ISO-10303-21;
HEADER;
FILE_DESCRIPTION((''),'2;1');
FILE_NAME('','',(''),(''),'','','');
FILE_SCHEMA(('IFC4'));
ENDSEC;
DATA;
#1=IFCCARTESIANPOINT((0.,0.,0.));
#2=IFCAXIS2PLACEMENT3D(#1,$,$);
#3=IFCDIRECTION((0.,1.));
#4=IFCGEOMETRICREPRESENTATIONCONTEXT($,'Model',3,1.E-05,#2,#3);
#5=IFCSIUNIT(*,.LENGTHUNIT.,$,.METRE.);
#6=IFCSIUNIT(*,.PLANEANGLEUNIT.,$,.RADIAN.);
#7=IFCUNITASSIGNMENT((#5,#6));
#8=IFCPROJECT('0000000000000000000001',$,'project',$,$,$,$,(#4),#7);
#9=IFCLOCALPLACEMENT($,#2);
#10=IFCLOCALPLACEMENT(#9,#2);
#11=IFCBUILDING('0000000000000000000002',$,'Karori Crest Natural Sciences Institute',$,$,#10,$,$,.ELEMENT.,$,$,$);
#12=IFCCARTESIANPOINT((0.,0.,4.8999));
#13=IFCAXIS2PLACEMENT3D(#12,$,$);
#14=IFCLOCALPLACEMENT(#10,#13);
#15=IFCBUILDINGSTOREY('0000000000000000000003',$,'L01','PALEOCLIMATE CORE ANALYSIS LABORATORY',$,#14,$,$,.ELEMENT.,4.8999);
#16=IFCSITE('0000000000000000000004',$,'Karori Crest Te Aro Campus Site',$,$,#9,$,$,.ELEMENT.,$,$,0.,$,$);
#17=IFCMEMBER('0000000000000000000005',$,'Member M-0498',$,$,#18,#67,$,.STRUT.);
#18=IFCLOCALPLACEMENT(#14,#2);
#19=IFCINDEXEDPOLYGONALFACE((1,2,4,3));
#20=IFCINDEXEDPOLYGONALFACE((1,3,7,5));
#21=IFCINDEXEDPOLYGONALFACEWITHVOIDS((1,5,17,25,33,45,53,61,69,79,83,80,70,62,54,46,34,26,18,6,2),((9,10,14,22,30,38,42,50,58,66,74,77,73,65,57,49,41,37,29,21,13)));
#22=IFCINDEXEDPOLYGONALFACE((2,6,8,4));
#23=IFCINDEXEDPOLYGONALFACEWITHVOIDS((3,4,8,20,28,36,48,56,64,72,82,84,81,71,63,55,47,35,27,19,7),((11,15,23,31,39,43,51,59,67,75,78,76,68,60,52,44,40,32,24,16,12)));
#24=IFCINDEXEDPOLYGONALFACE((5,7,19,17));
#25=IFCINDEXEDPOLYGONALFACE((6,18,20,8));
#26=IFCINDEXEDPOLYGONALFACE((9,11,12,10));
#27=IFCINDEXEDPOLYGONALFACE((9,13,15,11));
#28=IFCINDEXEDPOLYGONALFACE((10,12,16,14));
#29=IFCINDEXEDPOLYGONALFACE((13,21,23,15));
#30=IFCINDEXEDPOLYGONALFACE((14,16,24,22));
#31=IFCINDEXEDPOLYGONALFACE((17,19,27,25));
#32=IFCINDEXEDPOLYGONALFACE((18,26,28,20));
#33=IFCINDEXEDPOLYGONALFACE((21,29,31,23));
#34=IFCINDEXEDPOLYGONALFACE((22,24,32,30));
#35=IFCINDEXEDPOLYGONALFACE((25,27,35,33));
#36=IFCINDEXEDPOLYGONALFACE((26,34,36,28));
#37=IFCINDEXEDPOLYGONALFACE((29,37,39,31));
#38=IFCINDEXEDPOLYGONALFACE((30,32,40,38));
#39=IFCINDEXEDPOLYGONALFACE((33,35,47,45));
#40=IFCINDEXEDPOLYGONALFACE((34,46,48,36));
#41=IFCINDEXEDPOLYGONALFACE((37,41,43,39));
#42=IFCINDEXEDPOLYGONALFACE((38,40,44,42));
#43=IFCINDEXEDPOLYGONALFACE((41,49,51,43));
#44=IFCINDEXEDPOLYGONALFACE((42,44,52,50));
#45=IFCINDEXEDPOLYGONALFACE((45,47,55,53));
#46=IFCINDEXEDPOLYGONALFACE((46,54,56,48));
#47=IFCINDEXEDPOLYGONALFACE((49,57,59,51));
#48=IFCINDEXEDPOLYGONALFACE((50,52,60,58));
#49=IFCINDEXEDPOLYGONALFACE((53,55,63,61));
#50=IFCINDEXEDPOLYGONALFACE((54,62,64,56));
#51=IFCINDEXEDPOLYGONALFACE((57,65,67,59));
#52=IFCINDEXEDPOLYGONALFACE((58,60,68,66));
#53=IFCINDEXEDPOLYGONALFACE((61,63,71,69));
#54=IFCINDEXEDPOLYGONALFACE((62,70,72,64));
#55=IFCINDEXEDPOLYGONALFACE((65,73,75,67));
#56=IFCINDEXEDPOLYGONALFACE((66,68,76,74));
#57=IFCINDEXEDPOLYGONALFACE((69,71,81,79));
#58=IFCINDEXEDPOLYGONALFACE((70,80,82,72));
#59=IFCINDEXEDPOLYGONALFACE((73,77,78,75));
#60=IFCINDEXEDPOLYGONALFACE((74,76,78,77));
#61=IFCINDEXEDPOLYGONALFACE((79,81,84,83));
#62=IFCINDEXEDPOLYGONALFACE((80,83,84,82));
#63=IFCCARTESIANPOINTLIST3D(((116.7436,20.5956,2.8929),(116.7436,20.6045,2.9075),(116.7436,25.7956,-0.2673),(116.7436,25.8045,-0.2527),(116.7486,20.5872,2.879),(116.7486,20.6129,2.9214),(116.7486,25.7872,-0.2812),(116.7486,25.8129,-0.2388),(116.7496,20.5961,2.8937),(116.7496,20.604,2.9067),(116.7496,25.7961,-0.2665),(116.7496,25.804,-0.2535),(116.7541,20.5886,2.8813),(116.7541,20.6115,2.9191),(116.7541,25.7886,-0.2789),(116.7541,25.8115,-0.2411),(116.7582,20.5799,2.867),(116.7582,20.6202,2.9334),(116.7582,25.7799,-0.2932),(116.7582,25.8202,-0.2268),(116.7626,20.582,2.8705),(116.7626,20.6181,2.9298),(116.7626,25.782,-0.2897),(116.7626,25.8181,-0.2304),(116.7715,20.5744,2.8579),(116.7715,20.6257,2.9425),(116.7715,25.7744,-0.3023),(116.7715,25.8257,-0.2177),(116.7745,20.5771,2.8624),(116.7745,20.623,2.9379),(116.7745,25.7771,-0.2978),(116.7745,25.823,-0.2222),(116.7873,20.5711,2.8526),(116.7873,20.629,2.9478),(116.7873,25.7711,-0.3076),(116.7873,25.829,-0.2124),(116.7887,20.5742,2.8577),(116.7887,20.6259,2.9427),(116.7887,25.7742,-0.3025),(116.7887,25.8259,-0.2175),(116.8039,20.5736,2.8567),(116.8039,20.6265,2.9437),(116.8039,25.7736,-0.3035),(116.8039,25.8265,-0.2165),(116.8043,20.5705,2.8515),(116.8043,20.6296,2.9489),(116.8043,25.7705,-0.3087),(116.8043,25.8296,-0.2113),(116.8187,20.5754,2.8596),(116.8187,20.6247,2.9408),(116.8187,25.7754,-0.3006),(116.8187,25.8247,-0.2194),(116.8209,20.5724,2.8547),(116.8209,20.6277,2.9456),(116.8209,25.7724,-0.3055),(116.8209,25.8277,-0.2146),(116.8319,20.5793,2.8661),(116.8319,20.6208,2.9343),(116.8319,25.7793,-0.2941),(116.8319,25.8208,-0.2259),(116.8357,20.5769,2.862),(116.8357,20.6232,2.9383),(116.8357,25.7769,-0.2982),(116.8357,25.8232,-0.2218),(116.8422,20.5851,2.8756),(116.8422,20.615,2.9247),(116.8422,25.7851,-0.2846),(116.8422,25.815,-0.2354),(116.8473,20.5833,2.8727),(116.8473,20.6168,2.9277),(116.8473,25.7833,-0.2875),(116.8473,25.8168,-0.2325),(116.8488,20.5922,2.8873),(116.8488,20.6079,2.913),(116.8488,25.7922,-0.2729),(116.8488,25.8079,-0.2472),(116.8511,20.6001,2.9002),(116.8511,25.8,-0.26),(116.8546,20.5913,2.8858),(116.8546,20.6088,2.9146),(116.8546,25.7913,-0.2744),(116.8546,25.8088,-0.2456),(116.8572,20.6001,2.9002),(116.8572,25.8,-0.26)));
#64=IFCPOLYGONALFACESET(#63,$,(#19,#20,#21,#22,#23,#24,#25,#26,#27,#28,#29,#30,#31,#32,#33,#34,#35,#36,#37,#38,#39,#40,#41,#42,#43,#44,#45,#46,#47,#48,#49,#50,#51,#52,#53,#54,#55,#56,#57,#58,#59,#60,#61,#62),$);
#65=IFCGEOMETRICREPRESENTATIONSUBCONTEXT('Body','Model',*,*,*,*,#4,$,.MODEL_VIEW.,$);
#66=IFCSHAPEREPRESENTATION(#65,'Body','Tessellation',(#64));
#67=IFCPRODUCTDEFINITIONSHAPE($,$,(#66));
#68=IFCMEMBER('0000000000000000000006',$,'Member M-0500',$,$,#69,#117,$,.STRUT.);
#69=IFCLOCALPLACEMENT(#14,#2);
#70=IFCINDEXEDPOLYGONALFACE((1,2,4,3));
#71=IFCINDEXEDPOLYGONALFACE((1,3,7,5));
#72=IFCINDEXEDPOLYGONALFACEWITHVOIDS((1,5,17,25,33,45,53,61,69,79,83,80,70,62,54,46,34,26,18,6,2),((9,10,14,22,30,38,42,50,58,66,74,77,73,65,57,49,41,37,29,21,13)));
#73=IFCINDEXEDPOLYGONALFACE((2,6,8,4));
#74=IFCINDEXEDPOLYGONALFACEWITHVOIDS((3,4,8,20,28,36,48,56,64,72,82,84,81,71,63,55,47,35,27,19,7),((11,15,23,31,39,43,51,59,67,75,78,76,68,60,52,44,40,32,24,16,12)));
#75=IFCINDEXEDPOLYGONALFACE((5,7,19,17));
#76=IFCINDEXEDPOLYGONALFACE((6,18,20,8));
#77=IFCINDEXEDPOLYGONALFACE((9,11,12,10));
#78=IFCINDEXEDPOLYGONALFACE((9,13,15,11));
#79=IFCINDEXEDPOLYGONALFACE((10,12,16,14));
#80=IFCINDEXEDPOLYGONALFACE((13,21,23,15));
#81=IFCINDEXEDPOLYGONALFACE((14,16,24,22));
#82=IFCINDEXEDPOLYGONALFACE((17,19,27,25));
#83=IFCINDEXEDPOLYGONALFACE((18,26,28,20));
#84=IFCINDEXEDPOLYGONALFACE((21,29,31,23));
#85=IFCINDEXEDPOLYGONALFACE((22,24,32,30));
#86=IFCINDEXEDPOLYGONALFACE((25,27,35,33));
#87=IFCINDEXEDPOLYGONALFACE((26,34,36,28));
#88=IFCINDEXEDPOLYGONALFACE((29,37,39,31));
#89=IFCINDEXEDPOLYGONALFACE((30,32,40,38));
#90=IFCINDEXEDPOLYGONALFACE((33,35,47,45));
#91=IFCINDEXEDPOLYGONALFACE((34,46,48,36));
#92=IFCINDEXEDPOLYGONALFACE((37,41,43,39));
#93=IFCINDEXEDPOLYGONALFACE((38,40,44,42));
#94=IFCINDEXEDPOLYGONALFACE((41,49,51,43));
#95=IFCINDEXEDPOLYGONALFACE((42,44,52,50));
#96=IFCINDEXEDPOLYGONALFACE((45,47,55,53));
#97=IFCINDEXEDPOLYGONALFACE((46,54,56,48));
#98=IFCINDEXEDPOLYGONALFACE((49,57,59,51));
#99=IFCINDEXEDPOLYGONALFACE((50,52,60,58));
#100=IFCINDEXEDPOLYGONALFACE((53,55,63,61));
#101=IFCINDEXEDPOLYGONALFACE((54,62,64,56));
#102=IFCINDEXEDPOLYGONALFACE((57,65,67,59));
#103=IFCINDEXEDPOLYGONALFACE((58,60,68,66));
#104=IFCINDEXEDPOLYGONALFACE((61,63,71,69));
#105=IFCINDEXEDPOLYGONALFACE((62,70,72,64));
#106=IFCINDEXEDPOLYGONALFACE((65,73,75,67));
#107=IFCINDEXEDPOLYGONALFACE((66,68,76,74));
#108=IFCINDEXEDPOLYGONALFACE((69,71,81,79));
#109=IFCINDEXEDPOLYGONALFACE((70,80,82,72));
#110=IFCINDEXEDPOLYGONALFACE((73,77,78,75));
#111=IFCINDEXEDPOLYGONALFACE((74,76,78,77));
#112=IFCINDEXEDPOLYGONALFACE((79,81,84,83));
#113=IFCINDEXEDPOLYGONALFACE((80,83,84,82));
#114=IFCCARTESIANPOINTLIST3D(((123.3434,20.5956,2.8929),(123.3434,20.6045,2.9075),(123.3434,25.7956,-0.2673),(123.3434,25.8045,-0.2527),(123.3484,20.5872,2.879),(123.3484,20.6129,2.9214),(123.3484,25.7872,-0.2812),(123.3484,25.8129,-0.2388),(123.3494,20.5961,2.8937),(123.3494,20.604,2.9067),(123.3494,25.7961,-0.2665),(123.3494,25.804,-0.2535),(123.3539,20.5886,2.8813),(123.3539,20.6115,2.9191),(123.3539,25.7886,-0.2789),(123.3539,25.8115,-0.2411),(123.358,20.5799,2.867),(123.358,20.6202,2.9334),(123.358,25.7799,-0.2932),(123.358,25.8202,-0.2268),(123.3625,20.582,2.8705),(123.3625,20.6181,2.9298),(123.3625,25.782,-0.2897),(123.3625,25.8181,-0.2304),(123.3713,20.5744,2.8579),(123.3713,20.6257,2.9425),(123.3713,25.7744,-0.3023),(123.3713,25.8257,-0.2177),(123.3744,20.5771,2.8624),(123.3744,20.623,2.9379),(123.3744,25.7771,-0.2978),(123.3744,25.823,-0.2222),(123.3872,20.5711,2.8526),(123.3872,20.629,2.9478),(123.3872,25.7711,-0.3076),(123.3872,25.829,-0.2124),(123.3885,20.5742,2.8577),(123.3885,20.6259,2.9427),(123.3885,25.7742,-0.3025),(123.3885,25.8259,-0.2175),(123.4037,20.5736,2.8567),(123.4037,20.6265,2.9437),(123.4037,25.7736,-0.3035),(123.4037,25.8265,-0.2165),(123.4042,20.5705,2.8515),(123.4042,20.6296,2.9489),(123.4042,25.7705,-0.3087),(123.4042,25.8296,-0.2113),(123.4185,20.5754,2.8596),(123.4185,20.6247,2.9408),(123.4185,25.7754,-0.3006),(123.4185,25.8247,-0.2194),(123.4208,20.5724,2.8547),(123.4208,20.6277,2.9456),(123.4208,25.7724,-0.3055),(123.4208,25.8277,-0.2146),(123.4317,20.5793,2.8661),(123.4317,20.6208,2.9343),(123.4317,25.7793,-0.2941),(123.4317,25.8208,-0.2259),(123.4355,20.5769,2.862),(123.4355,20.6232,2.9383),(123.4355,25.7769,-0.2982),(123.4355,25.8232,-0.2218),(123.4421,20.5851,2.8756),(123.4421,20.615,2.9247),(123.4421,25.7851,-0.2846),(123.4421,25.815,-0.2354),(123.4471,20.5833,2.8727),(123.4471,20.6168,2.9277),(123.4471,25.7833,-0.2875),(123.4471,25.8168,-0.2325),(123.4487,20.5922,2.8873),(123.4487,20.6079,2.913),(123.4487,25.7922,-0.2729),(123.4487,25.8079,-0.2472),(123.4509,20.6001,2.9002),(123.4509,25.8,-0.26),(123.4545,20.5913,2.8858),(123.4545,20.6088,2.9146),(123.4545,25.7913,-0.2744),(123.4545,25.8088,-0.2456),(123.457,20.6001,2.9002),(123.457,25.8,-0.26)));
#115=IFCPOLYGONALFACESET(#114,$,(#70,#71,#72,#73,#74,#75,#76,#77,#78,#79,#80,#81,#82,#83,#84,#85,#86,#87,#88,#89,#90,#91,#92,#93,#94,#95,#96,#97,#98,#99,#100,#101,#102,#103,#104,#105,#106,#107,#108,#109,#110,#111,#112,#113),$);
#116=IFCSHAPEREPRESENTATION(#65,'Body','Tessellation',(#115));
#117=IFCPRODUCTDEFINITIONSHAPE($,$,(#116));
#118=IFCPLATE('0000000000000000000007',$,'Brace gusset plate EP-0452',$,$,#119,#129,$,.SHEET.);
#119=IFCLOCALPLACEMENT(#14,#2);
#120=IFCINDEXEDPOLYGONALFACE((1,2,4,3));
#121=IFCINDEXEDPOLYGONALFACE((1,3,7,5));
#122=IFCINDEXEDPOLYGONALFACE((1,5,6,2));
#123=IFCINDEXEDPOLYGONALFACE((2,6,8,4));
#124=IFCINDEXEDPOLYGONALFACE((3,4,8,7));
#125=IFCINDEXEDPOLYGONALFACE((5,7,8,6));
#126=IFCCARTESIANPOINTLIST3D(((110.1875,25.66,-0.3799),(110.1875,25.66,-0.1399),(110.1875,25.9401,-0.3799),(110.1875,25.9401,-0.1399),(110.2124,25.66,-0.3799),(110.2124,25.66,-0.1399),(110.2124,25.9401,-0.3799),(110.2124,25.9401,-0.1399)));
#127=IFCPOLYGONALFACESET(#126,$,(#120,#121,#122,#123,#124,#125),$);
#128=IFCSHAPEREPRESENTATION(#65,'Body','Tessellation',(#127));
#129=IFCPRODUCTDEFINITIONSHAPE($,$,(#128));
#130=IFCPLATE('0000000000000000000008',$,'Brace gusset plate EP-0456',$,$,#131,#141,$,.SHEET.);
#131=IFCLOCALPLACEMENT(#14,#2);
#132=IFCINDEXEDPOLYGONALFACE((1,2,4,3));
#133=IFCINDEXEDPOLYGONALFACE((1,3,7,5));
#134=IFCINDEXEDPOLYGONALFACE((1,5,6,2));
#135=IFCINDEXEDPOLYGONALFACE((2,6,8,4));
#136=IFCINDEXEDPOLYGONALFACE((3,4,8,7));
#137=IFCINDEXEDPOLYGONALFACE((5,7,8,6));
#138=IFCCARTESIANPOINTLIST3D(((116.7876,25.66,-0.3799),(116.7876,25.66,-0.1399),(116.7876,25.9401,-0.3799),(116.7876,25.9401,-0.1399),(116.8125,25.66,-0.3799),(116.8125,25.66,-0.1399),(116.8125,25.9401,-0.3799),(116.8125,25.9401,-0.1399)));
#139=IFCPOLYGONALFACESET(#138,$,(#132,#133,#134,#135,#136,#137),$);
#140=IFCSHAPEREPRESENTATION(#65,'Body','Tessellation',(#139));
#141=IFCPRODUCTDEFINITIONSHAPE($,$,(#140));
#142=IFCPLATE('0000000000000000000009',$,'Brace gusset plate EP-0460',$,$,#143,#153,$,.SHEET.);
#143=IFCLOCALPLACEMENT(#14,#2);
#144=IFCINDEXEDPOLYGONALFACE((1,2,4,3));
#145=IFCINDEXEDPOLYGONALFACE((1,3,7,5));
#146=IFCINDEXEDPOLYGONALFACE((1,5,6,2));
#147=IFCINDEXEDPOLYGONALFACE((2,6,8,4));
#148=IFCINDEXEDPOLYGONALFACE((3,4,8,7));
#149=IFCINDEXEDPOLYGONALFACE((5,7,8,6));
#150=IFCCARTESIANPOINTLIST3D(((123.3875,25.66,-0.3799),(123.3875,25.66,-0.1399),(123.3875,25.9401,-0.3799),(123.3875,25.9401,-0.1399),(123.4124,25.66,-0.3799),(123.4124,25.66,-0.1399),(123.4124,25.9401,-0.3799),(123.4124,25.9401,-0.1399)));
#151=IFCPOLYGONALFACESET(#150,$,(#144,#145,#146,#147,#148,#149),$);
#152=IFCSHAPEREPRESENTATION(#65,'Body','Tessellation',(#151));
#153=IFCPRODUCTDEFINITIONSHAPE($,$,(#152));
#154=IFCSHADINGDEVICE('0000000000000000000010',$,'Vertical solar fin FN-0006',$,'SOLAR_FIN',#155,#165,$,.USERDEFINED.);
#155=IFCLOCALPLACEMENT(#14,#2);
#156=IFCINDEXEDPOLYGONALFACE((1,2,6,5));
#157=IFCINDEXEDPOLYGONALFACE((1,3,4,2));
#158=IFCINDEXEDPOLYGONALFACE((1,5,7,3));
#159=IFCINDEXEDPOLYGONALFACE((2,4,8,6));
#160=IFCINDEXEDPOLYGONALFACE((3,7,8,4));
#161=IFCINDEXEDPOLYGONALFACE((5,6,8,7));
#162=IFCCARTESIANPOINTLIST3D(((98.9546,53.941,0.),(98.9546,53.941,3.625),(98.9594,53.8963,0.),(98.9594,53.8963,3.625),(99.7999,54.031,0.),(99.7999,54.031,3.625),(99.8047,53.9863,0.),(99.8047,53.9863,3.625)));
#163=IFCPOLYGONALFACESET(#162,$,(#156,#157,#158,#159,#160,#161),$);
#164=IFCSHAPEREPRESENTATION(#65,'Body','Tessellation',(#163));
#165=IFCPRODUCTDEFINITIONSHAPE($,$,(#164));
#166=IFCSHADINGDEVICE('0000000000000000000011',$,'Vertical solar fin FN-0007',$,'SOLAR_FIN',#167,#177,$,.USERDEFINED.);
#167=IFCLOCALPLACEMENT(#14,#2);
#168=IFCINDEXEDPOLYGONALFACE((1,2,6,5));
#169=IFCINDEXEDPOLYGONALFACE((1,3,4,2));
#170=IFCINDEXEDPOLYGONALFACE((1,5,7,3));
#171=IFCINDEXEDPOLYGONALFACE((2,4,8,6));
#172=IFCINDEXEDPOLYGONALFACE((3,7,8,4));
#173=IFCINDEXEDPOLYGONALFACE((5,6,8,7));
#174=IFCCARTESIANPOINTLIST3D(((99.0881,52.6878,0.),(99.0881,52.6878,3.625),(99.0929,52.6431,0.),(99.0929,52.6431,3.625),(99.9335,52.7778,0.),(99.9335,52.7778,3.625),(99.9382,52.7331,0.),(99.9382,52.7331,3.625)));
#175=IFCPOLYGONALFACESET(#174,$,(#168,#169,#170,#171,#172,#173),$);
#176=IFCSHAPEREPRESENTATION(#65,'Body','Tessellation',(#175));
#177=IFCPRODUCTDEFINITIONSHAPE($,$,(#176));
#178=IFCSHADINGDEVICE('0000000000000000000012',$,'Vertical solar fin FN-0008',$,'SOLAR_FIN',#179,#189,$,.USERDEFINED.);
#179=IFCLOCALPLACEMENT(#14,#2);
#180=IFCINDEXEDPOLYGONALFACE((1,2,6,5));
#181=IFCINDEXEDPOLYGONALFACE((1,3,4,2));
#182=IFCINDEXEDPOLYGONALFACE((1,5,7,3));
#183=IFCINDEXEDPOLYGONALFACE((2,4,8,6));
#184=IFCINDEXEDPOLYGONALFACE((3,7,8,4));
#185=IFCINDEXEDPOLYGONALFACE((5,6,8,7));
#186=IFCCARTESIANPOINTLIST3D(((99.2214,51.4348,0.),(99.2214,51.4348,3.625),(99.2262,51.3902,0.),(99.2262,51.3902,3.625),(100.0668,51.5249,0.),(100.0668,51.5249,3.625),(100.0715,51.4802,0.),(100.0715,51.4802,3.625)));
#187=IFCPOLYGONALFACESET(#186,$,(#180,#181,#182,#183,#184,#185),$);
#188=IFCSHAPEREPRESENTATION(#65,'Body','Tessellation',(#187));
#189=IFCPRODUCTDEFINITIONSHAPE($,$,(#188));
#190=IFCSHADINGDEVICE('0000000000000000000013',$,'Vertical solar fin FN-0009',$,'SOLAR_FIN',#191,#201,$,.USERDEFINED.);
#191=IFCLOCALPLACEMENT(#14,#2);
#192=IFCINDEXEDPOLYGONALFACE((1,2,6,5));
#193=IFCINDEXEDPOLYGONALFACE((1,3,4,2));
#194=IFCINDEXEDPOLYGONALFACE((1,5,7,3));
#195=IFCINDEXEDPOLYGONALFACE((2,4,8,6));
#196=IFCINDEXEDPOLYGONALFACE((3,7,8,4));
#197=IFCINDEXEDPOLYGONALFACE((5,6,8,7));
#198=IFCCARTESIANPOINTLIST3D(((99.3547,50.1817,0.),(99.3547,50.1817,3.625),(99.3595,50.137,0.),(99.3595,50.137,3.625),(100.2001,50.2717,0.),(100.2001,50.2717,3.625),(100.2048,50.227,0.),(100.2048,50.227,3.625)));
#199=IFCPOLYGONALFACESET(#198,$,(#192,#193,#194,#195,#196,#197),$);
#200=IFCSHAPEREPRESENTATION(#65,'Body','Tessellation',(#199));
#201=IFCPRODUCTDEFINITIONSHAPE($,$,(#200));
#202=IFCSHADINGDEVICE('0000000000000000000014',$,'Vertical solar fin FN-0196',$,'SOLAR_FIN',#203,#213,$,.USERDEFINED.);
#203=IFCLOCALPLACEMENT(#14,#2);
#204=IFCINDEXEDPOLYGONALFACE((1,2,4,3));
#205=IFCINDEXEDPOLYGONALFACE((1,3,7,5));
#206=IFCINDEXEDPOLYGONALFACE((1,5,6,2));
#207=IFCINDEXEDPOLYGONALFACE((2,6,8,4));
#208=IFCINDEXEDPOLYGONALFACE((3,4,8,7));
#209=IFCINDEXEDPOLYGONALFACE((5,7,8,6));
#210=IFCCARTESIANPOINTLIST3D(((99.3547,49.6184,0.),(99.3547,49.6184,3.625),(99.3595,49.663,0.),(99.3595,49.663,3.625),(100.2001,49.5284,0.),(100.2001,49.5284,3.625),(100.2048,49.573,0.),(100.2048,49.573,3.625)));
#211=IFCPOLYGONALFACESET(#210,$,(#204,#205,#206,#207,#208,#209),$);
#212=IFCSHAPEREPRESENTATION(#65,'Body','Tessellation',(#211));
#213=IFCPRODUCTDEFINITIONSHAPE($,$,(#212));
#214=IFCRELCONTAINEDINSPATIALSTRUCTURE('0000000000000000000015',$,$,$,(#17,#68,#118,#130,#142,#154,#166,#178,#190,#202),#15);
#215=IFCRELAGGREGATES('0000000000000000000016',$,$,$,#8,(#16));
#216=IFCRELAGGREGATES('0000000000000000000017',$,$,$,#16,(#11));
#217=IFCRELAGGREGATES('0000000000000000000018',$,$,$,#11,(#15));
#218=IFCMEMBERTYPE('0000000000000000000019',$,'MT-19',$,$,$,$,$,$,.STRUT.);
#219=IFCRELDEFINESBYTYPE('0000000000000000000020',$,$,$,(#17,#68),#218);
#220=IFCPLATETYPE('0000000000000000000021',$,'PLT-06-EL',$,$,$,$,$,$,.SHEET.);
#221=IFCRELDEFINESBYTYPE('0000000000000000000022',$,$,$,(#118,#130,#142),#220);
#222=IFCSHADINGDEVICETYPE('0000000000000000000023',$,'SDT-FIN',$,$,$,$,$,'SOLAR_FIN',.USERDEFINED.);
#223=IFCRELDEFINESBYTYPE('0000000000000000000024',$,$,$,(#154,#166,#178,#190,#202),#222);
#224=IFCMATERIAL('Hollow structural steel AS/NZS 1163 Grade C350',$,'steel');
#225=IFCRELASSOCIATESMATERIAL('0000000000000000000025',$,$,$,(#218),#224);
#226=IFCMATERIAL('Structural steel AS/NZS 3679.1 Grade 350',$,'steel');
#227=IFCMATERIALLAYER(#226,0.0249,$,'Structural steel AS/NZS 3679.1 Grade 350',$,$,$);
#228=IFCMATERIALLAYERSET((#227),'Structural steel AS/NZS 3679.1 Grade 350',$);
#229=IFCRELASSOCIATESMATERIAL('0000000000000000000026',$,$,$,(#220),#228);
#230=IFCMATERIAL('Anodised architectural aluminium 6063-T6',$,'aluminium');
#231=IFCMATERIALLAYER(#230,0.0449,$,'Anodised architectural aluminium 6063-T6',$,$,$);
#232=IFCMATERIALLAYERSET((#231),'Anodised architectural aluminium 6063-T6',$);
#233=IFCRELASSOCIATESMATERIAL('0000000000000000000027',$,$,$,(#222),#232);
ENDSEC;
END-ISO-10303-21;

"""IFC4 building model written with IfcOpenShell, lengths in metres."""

from ifc_helpers import new_model, si_unit, direction, frame, origin, origin_2d, place, context, subcontext, project, spatial, rectangle, hollow_circle, extrude, material, layer, layer_set, material_profile, profile_set, type_object, element, save


model = new_model("IFC4")

# Units and contexts
model_context = context("Model", 3, precision=1e-05, world=origin(), true_north=direction((0.0, 1.0)))
body_context = subcontext(model_context, "Body", "Model", "MODEL_VIEW")
ifc_project = project(units=[si_unit("LENGTHUNIT", "METRE"), si_unit("PLANEANGLEUNIT", "RADIAN")], contexts=[model_context])

# Site, building, storey
site_placement = place(None, origin())
site = spatial("IfcSite", under=ifc_project, at=site_placement, Name="Karori Crest Te Aro Campus Site", CompositionType="ELEMENT", RefElevation=0.0)
building_placement = place(site_placement, origin())
building = spatial("IfcBuilding", under=site, at=building_placement, Name="Karori Crest Natural Sciences Institute", CompositionType="ELEMENT")
storey_placement = place(building_placement, frame((0.0, 0.0, 4.8999)))
storey = spatial("IfcBuildingStorey", under=building, at=storey_placement, Name="L01", Description="PALEOCLIMATE CORE ANALYSIS LABORATORY", CompositionType="ELEMENT", Elevation=4.8999)

# Shared definitions
ifc_material_1 = material(Name="Structural steel AS/NZS 3679.1 Grade 350", Category="steel")

# Shared definitions
ifc_material_2 = material(Name="Hollow structural steel AS/NZS 1163 Grade C350", Category="steel")

# Shared definitions
ifc_material_3 = material(Name="Anodised architectural aluminium 6063-T6", Category="aluminium")

# Members
ifc_material_profile_1 = material_profile(ifc_material_2, hollow_circle(Radius=0.0571, WallThickness=0.0061, at=origin_2d()), Name="CHS114.3x6.0")
ifc_profile_set_1 = profile_set([ifc_material_profile_1], Name="Hollow structural steel AS/NZS 1163 Grade C350")
member_type_1 = type_object("IfcMemberType", Name="MT-19", PredefinedType="STRUT", material=ifc_profile_set_1)
for number, where, z_axis, x_axis, name in (
    (1, (116.8, 25.8, -0.26), (0.0, -0.854566, 0.519343), (1.0, 0.0, 0.0), "Member M-0498"),
    (2, (123.3999, 25.8, -0.26), (0.0, -0.854566, 0.519343), (1.0, 0.0, 0.0), "Member M-0500"),
):
    element("IfcMember", number, at=place(storey_placement, frame(where, z_axis=z_axis, x_axis=x_axis)), inside=storey, type_object=member_type_1, Name=name, PredefinedType="STRUT", context=body_context, shape_type="SweptSolid", body=[
        extrude(hollow_circle(Radius=0.0571, WallThickness=0.0061, at=origin_2d()), origin(), (0.0, 0.0, 1.0), 6.085),
    ])

# Plates
ifc_layer_1 = layer(ifc_material_1, 0.0249, Name="Structural steel AS/NZS 3679.1 Grade 350")
ifc_layer_set_1 = layer_set([ifc_layer_1], Name="Structural steel AS/NZS 3679.1 Grade 350")
plate_type = type_object("IfcPlateType", Name="PLT-06-EL", PredefinedType="SHEET", material=ifc_layer_set_1)
for number, where, z_axis, x_axis, name in (
    (3, (110.2, 25.8, -0.3799), (0.0, 0.0, 1.0), (0.0, 1.0, 0.0), "Brace gusset plate EP-0452"),
    (4, (116.8, 25.8, -0.3799), (0.0, 0.0, 1.0), (0.0, 1.0, 0.0), "Brace gusset plate EP-0456"),
    (5, (123.3999, 25.8, -0.3799), (0.0, 0.0, 1.0), (0.0, 1.0, 0.0), "Brace gusset plate EP-0460"),
):
    element("IfcPlate", number, at=place(storey_placement, frame(where, z_axis=z_axis, x_axis=x_axis)), inside=storey, type_object=plate_type, Name=name, PredefinedType="SHEET", context=body_context, shape_type="SweptSolid", body=[
        extrude(rectangle(XDim=0.28, YDim=0.0249, at=origin_2d()), origin(), (0.0, 0.0, 1.0), 0.24),
    ])

# Shading devices
ifc_layer_2 = layer(ifc_material_3, 0.0449, Name="Anodised architectural aluminium 6063-T6")
ifc_layer_set_2 = layer_set([ifc_layer_2], Name="Anodised architectural aluminium 6063-T6")
shading_device_type = type_object("IfcShadingDeviceType", Name="SDT-FIN", ElementType="SOLAR_FIN", PredefinedType="USERDEFINED", material=ifc_layer_set_2)
for number, where, z_axis, x_axis, name in (
    (6, (99.3796, 53.9636, 0.0), (0.0, 0.0, 1.0), (0.994379, 0.105882, 0.0), "Vertical solar fin FN-0006"),
    (7, (99.5132, 52.7104, 0.0), (0.0, 0.0, 1.0), (0.994379, 0.105882, 0.0), "Vertical solar fin FN-0007"),
    (8, (99.6465, 51.4575, 0.0), (0.0, 0.0, 1.0), (0.994379, 0.105882, 0.0), "Vertical solar fin FN-0008"),
    (9, (99.7798, 50.2043, 0.0), (0.0, 0.0, 1.0), (0.994379, 0.105882, 0.0), "Vertical solar fin FN-0009"),
    (10, (99.7798, 49.5957, 0.0), (0.0, 0.0, 1.0), (0.994378, -0.105884, 0.0), "Vertical solar fin FN-0196"),
):
    element("IfcShadingDevice", number, at=place(storey_placement, frame(where, z_axis=z_axis, x_axis=x_axis)), inside=storey, type_object=shading_device_type, Name=name, ObjectType="SOLAR_FIN", PredefinedType="USERDEFINED", context=body_context, shape_type="SweptSolid", body=[
        extrude(rectangle(XDim=0.8501, YDim=0.0449, at=origin_2d()), origin(), (0.0, 0.0, 1.0), 3.625),
    ])

save(model, "model.ifc")
